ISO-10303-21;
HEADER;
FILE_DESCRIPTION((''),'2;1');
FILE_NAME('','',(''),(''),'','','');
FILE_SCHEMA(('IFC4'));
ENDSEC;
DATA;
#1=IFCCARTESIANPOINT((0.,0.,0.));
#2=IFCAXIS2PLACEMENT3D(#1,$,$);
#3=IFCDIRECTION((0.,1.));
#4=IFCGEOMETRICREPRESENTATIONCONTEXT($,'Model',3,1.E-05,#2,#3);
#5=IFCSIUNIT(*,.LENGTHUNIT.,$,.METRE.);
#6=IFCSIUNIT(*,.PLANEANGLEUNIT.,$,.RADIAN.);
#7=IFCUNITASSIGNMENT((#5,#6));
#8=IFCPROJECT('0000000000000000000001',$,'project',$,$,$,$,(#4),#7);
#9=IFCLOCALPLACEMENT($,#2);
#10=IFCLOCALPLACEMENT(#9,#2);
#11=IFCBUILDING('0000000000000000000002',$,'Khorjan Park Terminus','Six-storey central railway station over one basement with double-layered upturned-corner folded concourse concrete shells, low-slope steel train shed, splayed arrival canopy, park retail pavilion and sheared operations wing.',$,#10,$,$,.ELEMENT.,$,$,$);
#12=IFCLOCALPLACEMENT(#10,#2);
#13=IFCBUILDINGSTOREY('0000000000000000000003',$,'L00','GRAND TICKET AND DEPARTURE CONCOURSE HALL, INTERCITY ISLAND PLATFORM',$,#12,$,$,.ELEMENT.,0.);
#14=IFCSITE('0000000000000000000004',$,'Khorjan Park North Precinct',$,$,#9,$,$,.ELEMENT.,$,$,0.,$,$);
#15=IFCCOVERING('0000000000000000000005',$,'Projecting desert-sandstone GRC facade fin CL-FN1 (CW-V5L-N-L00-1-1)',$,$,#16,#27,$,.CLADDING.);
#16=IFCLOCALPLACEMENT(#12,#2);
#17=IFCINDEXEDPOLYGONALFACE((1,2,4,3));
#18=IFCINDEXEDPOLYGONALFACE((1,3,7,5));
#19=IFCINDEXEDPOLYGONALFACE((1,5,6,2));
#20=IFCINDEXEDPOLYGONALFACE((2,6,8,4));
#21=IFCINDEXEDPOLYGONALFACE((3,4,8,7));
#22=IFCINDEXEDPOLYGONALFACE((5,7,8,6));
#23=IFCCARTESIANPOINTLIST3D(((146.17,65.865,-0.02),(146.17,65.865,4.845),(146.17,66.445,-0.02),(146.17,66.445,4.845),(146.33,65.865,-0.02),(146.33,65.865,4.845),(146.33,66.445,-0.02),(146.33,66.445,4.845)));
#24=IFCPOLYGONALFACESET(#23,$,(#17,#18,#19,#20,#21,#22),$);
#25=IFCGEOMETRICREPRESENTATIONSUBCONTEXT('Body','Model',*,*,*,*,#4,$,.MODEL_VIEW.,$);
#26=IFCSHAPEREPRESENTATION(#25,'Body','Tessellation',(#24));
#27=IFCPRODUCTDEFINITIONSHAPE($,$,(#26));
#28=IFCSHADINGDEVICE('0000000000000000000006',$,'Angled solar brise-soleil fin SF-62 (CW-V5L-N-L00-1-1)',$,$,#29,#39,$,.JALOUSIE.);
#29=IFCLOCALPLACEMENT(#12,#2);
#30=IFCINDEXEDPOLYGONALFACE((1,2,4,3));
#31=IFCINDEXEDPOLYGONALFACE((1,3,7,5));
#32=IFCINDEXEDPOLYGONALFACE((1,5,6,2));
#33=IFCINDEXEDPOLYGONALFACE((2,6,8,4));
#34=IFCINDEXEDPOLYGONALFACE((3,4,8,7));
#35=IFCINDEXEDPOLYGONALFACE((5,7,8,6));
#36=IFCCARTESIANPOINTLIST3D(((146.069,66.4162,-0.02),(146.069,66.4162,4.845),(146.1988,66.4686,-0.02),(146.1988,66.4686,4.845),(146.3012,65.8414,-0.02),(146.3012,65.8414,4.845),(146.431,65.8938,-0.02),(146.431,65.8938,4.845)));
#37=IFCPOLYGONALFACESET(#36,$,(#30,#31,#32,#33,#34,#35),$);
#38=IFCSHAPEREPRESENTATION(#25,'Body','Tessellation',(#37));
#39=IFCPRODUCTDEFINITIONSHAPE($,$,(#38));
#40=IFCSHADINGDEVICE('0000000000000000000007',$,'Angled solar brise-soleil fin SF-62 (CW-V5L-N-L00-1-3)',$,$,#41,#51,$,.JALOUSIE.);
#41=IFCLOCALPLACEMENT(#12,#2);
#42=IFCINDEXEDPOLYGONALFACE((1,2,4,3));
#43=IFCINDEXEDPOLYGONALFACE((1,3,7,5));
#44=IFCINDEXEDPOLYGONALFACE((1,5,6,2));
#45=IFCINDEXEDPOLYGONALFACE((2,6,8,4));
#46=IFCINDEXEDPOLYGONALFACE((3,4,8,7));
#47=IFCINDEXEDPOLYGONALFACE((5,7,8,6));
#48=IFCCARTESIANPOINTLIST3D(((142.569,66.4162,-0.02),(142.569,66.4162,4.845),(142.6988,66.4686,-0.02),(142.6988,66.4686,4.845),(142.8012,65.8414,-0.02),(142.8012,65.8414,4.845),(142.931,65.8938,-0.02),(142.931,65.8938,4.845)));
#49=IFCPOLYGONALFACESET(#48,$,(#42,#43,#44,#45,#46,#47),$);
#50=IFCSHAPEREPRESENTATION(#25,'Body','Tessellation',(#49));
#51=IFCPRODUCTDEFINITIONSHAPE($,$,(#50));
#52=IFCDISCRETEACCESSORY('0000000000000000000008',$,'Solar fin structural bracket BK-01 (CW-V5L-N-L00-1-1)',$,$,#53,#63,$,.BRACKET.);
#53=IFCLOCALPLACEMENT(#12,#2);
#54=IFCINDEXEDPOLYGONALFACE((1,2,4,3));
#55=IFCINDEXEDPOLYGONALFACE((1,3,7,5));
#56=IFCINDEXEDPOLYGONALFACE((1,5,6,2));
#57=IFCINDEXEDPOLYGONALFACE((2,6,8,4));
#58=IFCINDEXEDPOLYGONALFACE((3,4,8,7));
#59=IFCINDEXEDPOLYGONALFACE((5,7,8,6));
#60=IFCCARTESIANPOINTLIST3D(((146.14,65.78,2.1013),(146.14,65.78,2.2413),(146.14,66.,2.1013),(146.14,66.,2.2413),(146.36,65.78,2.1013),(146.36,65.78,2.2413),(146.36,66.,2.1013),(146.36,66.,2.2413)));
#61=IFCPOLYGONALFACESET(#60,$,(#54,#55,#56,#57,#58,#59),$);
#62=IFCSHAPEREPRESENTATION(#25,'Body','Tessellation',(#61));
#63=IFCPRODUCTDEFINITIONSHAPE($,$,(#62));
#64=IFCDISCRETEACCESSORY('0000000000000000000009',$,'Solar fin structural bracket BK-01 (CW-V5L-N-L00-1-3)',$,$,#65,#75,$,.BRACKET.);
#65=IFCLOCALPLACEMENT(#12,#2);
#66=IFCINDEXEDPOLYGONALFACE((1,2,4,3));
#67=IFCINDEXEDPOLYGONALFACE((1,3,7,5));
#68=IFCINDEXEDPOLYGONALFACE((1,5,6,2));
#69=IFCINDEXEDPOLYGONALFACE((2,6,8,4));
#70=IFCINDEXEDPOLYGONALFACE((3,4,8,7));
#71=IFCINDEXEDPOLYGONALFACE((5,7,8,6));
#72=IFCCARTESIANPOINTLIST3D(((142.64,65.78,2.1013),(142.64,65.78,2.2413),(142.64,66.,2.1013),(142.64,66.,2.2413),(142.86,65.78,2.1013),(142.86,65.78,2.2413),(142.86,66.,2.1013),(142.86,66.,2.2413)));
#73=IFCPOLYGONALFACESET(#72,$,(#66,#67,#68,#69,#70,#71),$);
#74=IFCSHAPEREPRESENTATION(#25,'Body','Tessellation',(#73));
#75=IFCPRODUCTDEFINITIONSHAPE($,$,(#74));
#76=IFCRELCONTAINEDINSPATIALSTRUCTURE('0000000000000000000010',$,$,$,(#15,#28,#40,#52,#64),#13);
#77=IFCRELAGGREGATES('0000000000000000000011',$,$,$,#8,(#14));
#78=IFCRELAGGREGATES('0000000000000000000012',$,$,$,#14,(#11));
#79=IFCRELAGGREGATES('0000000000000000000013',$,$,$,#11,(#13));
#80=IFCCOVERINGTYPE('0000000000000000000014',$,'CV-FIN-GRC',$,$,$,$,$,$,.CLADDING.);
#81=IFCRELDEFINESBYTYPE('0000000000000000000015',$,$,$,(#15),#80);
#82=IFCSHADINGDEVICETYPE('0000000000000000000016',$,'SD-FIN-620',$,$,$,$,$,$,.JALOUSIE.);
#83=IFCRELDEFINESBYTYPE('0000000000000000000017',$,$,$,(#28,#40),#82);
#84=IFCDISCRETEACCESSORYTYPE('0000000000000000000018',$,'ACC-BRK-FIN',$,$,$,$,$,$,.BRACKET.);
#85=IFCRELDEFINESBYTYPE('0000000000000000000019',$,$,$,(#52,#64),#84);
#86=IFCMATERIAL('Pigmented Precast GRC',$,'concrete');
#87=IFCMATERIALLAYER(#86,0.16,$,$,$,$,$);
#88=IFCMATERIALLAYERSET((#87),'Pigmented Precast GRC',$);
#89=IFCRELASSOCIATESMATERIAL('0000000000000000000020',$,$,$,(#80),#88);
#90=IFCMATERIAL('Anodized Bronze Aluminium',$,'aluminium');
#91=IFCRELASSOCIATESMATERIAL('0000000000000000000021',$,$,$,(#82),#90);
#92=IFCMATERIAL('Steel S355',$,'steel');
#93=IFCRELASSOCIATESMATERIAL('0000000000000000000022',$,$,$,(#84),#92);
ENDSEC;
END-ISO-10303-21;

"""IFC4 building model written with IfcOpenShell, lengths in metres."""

from ifc_helpers import new_model, si_unit, direction, frame, origin, origin_2d, place, context, subcontext, project, spatial, rectangle, extrude, material, layer, layer_set, type_object, element, save


model = new_model("IFC4")

# Units and contexts
model_context = context("Model", 3, precision=1e-05, world=origin(), true_north=direction((0.0, 1.0)))
body_context = subcontext(model_context, "Body", "Model", "MODEL_VIEW")
ifc_project = project(units=[si_unit("LENGTHUNIT", "METRE"), si_unit("PLANEANGLEUNIT", "RADIAN")], contexts=[model_context])

# Site, building, storey
site_placement = place(None, origin())
site = spatial("IfcSite", under=ifc_project, at=site_placement, Name="Khorjan Park North Precinct", CompositionType="ELEMENT", RefElevation=0.0)
building_placement = place(site_placement, origin())
building = spatial("IfcBuilding", under=site, at=building_placement, Name="Khorjan Park Terminus", Description="Six-storey central railway station over one basement with double-layered upturned-corner folded concourse concrete shells, low-slope steel train shed, splayed arrival canopy, park retail pavilion and sheared operations wing.", CompositionType="ELEMENT")
storey_placement = place(building_placement, origin())
storey = spatial("IfcBuildingStorey", under=building, at=storey_placement, Name="L00", Description="GRAND TICKET AND DEPARTURE CONCOURSE HALL, INTERCITY ISLAND PLATFORM", CompositionType="ELEMENT", Elevation=0.0)

# Shared definitions
ifc_material_1 = material(Name="Anodized Bronze Aluminium", Category="aluminium")

# Covering
ifc_material_2 = material(Name="Pigmented Precast GRC", Category="concrete")
ifc_layer_1 = layer(ifc_material_2, 0.16)
ifc_layer_set_1 = layer_set([ifc_layer_1], Name="Pigmented Precast GRC")
covering_type = type_object("IfcCoveringType", Name="CV-FIN-GRC", PredefinedType="CLADDING", material=ifc_layer_set_1)
covering_placement = place(storey_placement, frame((146.25, 66.155, -0.02), z_axis=(0.0, 0.0, 1.0), x_axis=(0.0, -1.0, 0.0)))
element("IfcCovering", 1, at=covering_placement, inside=storey, type_object=covering_type, Name="Projecting desert-sandstone GRC facade fin CL-FN1 (CW-V5L-N-L00-1-1)", PredefinedType="CLADDING", context=body_context, shape_type="SweptSolid", body=[
    extrude(rectangle(XDim=0.58, YDim=0.16, at=origin_2d()), origin(), (0.0, 0.0, 1.0), 4.865),
])

# Shading devices
shading_device_type = type_object("IfcShadingDeviceType", Name="SD-FIN-620", PredefinedType="JALOUSIE", material=ifc_material_1)
for number, where, z_axis, x_axis, name in (
    (2, (146.25, 66.155, -0.02), (0.0, 0.0, 1.0), (0.374607, -0.927184, 0.0), "Angled solar brise-soleil fin SF-62 (CW-V5L-N-L00-1-1)"),
    (3, (142.75, 66.155, -0.02), (0.0, 0.0, 1.0), (0.374607, -0.927184, 0.0), "Angled solar brise-soleil fin SF-62 (CW-V5L-N-L00-1-3)"),
):
    element("IfcShadingDevice", number, at=place(storey_placement, frame(where, z_axis=z_axis, x_axis=x_axis)), inside=storey, type_object=shading_device_type, Name=name, PredefinedType="JALOUSIE", context=body_context, shape_type="SweptSolid", body=[
        extrude(rectangle(XDim=0.62, YDim=0.14, at=origin_2d()), origin(), (0.0, 0.0, 1.0), 4.865),
    ])

# Discrete accessories
ifc_material_3 = material(Name="Steel S355", Category="steel")
discrete_accessory_type = type_object("IfcDiscreteAccessoryType", Name="ACC-BRK-FIN", PredefinedType="BRACKET", material=ifc_material_3)
for number, where, z_axis, x_axis, name in (
    (4, (146.25, 65.89, 2.1013), (0.0, 0.0, 1.0), (-1.0, 0.0, 0.0), "Solar fin structural bracket BK-01 (CW-V5L-N-L00-1-1)"),
    (5, (142.75, 65.89, 2.1013), (0.0, 0.0, 1.0), (-1.0, 0.0, 0.0), "Solar fin structural bracket BK-01 (CW-V5L-N-L00-1-3)"),
):
    element("IfcDiscreteAccessory", number, at=place(storey_placement, frame(where, z_axis=z_axis, x_axis=x_axis)), inside=storey, type_object=discrete_accessory_type, Name=name, PredefinedType="BRACKET", context=body_context, shape_type="SweptSolid", body=[
        extrude(rectangle(XDim=0.22, YDim=0.22, at=origin_2d()), origin(), (0.0, 0.0, 1.0), 0.14),
    ])

save(model, "model.ifc")
